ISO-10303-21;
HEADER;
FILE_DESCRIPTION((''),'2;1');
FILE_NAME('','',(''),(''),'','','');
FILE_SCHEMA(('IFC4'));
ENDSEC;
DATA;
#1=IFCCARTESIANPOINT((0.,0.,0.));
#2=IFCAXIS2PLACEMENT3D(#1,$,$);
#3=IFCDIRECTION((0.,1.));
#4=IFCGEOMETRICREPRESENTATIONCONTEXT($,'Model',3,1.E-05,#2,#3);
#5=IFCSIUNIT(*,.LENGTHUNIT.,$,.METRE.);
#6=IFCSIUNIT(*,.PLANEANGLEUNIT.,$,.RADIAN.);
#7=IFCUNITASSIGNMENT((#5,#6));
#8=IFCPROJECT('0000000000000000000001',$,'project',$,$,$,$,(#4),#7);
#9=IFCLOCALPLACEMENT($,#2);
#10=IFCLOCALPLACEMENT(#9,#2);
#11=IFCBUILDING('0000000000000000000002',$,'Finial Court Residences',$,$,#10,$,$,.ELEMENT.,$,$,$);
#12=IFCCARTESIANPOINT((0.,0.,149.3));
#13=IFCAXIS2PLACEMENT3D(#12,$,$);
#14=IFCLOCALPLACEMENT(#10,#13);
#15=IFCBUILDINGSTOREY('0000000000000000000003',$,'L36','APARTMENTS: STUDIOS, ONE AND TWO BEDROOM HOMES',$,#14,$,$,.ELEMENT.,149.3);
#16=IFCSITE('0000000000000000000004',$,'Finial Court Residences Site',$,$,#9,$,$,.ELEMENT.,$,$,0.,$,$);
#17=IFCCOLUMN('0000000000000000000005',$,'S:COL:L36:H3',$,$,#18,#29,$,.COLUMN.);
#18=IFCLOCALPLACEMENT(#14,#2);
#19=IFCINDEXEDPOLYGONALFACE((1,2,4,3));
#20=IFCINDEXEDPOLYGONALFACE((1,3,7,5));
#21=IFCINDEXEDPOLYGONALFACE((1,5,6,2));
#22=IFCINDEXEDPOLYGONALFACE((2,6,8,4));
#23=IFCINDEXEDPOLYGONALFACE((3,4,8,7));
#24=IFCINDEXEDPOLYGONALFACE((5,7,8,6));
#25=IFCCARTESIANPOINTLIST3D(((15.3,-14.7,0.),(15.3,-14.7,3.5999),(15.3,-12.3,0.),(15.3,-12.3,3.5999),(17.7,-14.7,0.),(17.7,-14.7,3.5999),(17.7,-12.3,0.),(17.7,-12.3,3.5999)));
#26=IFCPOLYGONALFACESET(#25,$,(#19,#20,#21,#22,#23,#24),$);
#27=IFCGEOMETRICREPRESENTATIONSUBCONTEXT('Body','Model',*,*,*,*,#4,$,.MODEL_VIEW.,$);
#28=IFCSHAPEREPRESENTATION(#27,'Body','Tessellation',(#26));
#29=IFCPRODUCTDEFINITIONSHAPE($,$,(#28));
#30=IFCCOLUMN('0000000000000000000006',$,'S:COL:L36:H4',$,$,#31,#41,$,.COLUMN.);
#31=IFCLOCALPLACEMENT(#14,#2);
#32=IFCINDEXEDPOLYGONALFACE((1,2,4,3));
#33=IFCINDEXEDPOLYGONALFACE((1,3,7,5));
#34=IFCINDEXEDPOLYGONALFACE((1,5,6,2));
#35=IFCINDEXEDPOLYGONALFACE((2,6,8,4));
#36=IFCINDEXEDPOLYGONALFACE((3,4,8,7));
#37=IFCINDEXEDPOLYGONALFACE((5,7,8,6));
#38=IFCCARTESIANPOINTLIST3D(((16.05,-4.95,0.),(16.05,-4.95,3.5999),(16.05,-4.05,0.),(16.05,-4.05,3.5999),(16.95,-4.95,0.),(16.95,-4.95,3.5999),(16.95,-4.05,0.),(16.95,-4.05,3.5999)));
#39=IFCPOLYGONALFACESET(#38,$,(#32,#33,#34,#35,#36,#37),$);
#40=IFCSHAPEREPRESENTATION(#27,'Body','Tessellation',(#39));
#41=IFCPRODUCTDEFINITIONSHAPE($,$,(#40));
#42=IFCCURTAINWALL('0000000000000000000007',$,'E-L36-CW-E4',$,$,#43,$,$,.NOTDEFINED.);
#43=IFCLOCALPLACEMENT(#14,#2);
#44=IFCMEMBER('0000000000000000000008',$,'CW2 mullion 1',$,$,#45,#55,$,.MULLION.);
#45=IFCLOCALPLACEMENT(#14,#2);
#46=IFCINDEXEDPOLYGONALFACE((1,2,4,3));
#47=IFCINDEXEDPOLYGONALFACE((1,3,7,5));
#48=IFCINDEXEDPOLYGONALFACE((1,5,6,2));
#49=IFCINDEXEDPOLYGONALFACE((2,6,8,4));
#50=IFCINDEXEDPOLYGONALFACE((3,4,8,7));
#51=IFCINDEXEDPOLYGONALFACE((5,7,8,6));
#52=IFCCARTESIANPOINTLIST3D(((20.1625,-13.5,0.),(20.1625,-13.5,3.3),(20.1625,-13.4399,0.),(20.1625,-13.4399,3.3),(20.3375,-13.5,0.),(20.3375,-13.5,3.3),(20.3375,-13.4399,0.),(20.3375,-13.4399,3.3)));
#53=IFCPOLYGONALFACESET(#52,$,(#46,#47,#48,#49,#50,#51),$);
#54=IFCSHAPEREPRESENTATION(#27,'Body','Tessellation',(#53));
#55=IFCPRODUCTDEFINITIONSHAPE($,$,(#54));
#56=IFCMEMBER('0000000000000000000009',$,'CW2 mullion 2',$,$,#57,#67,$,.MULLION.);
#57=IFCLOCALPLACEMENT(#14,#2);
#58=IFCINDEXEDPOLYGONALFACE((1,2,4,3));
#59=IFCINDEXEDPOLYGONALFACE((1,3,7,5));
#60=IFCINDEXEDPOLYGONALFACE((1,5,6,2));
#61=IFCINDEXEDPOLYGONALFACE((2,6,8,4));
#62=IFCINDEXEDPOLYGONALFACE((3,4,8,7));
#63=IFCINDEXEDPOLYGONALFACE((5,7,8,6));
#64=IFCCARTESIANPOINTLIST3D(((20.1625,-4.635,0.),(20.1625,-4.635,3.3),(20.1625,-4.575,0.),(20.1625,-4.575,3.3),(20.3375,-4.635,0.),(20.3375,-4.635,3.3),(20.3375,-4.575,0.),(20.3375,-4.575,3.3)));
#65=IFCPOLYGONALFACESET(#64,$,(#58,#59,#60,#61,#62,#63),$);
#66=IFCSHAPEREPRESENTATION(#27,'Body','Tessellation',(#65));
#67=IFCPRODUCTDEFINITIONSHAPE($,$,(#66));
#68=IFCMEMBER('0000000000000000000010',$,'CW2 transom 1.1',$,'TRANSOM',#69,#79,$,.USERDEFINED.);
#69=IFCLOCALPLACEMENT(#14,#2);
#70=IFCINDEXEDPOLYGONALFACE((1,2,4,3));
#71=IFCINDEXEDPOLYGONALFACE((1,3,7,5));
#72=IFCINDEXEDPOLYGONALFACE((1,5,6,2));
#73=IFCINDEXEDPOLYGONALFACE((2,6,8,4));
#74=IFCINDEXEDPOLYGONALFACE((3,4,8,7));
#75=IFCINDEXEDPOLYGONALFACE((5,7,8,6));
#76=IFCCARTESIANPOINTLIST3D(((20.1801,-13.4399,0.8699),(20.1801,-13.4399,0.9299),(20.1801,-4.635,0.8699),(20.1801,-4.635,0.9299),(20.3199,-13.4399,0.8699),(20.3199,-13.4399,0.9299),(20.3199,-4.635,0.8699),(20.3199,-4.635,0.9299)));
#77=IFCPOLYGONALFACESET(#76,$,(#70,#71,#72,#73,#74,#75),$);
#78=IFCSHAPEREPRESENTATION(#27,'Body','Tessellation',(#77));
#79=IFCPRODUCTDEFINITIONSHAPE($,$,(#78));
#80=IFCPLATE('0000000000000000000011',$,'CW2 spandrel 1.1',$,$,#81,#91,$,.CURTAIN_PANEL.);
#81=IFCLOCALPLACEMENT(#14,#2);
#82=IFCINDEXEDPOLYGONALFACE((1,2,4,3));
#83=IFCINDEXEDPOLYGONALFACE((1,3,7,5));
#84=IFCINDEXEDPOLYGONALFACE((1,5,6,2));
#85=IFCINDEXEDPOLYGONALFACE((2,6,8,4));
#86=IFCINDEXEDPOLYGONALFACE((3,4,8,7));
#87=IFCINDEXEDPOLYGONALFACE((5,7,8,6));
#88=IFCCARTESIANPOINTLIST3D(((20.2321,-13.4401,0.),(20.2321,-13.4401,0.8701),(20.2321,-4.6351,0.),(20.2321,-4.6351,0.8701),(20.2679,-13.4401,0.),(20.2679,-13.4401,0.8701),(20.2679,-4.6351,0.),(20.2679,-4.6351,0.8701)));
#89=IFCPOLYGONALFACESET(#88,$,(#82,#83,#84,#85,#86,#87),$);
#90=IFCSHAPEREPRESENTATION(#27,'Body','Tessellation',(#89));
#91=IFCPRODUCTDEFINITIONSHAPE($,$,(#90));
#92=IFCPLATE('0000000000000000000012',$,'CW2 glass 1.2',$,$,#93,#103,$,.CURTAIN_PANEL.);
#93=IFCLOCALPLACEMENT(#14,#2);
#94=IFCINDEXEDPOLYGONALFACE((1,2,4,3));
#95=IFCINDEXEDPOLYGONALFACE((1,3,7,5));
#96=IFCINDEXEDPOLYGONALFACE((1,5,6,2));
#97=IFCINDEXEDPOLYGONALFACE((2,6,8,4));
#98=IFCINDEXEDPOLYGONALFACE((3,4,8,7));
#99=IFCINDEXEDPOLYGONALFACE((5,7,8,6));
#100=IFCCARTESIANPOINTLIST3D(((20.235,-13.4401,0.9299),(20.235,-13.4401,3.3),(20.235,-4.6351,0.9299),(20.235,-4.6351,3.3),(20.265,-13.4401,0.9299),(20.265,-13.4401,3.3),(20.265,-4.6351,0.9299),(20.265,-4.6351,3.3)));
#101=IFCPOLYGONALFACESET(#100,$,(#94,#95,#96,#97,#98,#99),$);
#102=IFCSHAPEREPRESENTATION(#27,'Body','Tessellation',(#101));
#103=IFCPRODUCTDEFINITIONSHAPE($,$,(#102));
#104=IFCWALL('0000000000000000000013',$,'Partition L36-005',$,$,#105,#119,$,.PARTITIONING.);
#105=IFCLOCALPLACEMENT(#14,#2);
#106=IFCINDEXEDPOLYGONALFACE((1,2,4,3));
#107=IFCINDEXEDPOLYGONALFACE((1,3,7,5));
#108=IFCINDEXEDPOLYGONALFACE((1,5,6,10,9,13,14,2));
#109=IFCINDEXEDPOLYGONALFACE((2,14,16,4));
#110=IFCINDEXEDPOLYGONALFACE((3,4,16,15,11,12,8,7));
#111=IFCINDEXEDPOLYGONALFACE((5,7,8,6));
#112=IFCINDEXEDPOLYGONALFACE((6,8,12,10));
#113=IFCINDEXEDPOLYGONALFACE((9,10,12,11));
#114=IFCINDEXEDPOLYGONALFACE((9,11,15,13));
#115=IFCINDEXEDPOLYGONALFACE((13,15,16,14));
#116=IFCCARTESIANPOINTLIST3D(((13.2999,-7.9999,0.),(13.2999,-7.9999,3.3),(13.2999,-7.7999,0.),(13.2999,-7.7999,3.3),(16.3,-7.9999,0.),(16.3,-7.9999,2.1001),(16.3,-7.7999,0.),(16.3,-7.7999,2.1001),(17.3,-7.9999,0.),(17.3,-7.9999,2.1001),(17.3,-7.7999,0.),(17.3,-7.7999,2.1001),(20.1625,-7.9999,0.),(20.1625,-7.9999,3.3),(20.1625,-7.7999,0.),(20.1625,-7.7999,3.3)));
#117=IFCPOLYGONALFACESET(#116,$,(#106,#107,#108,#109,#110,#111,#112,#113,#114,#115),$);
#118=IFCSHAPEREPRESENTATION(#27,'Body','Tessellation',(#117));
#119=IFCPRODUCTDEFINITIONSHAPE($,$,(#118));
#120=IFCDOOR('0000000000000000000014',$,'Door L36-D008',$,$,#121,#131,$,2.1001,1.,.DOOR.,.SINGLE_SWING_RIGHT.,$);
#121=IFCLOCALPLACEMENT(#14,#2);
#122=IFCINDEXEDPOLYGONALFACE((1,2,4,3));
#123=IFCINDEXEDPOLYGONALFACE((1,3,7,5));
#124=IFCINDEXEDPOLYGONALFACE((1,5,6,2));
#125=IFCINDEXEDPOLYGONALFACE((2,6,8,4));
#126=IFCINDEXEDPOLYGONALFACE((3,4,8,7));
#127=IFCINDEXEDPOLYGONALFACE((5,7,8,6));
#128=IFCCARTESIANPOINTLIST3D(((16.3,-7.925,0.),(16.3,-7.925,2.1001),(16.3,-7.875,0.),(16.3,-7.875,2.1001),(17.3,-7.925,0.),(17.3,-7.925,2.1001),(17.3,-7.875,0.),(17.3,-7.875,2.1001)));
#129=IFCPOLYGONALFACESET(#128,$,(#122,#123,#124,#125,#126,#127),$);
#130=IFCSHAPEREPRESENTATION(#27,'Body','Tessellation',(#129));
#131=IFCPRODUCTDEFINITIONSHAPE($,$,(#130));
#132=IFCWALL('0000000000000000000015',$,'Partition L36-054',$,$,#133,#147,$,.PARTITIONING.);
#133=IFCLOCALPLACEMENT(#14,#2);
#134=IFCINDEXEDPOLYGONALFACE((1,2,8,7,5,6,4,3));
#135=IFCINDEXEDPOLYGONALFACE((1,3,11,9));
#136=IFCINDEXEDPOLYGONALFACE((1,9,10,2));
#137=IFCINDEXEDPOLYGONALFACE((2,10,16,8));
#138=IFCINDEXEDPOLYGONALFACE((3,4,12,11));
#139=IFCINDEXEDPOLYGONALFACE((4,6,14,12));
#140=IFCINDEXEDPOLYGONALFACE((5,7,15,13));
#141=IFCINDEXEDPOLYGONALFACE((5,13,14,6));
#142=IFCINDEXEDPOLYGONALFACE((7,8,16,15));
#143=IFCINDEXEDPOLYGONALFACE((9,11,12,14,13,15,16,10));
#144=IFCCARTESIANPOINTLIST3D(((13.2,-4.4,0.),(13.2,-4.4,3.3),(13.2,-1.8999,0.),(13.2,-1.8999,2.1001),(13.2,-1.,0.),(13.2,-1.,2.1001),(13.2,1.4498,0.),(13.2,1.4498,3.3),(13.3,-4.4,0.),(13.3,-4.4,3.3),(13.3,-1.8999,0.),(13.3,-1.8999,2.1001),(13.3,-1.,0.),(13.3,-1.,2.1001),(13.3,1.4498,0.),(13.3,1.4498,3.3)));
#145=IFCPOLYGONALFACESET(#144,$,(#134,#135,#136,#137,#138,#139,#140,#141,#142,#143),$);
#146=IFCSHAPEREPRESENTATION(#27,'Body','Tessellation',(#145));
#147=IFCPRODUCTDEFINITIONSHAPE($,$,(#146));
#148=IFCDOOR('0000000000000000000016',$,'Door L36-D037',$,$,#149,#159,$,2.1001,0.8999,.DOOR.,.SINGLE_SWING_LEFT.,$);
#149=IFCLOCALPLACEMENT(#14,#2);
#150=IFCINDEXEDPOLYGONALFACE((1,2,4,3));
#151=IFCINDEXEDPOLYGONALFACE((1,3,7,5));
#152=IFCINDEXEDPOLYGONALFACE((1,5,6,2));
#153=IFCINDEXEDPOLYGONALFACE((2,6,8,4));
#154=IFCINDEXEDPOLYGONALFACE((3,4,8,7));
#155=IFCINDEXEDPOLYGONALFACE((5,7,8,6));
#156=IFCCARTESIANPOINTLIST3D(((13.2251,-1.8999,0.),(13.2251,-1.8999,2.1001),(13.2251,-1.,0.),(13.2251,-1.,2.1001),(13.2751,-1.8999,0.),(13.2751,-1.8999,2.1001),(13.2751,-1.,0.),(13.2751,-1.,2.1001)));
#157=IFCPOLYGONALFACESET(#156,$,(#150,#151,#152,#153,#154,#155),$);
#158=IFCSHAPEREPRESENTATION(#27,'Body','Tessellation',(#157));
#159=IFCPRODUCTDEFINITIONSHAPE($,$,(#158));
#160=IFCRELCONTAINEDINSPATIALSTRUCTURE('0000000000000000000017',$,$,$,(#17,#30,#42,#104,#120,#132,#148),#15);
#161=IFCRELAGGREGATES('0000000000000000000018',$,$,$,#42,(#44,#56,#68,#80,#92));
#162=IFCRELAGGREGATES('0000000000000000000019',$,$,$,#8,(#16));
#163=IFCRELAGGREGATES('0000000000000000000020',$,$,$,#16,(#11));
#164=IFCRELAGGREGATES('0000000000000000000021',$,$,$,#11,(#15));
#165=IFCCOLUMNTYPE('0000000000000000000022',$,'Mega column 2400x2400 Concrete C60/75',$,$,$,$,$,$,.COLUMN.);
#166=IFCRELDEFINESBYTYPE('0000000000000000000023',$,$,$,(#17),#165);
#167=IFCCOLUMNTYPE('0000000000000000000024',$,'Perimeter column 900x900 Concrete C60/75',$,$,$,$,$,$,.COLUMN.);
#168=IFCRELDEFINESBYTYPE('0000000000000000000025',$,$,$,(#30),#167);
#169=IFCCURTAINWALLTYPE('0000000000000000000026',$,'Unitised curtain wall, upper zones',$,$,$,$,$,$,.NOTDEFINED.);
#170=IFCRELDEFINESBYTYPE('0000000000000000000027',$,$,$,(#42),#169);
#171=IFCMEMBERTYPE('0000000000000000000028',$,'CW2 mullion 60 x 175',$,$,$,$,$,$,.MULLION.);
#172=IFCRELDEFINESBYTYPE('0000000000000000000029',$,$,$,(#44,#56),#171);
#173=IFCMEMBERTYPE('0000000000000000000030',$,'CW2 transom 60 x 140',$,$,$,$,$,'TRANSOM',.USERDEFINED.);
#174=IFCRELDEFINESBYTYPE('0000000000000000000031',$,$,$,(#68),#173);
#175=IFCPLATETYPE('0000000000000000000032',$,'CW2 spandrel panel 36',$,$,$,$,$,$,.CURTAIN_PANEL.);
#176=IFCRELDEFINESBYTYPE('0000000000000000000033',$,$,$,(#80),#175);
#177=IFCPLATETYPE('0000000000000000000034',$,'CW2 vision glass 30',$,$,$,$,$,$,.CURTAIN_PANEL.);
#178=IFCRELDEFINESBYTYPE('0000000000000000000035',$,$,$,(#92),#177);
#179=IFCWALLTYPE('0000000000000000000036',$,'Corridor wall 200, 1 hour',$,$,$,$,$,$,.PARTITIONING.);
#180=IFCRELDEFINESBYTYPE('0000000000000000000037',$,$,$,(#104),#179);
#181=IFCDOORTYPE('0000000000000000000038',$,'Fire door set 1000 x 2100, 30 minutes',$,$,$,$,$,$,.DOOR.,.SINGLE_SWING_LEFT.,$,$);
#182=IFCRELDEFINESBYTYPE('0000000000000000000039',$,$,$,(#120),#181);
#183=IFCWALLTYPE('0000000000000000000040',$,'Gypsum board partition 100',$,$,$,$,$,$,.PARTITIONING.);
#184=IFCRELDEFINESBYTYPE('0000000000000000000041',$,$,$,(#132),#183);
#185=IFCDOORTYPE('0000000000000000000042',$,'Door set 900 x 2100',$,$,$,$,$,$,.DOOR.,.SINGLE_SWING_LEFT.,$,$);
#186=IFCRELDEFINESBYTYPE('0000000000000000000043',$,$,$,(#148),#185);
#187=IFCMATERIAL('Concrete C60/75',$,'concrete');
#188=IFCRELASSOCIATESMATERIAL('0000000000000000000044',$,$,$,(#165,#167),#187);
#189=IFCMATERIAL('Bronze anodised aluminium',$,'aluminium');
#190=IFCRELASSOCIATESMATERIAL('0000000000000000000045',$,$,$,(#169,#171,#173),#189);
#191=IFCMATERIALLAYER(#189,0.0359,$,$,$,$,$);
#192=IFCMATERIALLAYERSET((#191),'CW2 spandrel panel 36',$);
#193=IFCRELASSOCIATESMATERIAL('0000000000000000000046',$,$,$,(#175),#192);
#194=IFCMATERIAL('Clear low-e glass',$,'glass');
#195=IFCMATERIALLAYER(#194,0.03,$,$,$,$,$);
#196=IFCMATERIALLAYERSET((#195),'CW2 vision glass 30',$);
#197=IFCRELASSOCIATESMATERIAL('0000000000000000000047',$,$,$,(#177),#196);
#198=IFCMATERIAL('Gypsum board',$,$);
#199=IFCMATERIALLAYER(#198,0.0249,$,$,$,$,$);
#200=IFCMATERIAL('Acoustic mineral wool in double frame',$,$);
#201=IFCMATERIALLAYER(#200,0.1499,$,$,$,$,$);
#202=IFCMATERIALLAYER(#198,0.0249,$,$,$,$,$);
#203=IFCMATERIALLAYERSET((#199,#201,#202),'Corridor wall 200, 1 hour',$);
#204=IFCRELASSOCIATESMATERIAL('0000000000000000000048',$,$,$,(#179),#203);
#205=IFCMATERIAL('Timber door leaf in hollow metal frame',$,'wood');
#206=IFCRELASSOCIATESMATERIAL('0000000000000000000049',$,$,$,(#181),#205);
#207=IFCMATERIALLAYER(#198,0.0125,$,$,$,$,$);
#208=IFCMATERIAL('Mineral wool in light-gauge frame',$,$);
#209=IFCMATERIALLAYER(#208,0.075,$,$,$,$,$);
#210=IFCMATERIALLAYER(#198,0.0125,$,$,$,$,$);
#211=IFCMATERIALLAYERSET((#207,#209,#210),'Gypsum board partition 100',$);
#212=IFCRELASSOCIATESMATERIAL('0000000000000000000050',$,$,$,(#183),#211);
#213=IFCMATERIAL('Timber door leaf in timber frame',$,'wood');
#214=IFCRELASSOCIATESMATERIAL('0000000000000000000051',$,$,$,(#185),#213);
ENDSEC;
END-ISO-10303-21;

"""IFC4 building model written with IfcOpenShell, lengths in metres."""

from ifc_helpers import new_model, si_unit, direction, frame, frame_2d, origin, origin_2d, place, context, subcontext, project, spatial, rectangle, extrude, material, layer, layer_set, material_profile, profile_set, type_object, element, fill, aggregate, save


model = new_model("IFC4")

# Units and contexts
model_context = context("Model", 3, precision=1e-05, world=origin(), true_north=direction((0.0, 1.0)))
body_context = subcontext(model_context, "Body", "Model", "MODEL_VIEW")
ifc_project = project(units=[si_unit("LENGTHUNIT", "METRE"), si_unit("PLANEANGLEUNIT", "RADIAN")], contexts=[model_context])

# Site, building, storey
site_placement = place(None, origin())
site = spatial("IfcSite", under=ifc_project, at=site_placement, Name="Finial Court Residences Site", CompositionType="ELEMENT", RefElevation=0.0)
building_placement = place(site_placement, origin())
building = spatial("IfcBuilding", under=site, at=building_placement, Name="Finial Court Residences", CompositionType="ELEMENT")
storey_placement = place(building_placement, frame((0.0, 0.0, 149.3)))
storey = spatial("IfcBuildingStorey", under=building, at=storey_placement, Name="L36", Description="APARTMENTS: STUDIOS, ONE AND TWO BEDROOM HOMES", CompositionType="ELEMENT", Elevation=149.3)

# Columns
ifc_material_1 = material(Name="Concrete C60/75", Category="concrete")
ifc_material_profile_1 = material_profile(ifc_material_1, rectangle(XDim=2.3999, YDim=2.3999, at=origin_2d()), Name="2400x2400")
ifc_profile_set_1 = profile_set([ifc_material_profile_1], Name="Concrete C60/75")
column_type_1 = type_object("IfcColumnType", Name="Mega column 2400x2400 Concrete C60/75", PredefinedType="COLUMN", material=ifc_profile_set_1)
column_1_placement = place(storey_placement, frame((16.5, -13.5, 0.0), z_axis=(0.0, 0.0, 1.0), x_axis=(1.0, 0.0, 0.0)))
element("IfcColumn", 1, at=column_1_placement, inside=storey, type_object=column_type_1, Name="S:COL:L36:H3", PredefinedType="COLUMN", context=body_context, shape_type="SweptSolid", body=[
    extrude(rectangle(XDim=2.3999, YDim=2.3999, at=origin_2d()), origin(), (0.0, 0.0, 1.0), 3.5999),
])
ifc_material_profile_2 = material_profile(ifc_material_1, rectangle(XDim=0.8999, YDim=0.8999, at=origin_2d()), Name="900x900")
ifc_profile_set_2 = profile_set([ifc_material_profile_2], Name="Concrete C60/75")
column_type_2 = type_object("IfcColumnType", Name="Perimeter column 900x900 Concrete C60/75", PredefinedType="COLUMN", material=ifc_profile_set_2)
column_2_placement = place(storey_placement, frame((16.5, -4.5, 0.0), z_axis=(0.0, 0.0, 1.0), x_axis=(1.0, 0.0, 0.0)))
element("IfcColumn", 2, at=column_2_placement, inside=storey, type_object=column_type_2, Name="S:COL:L36:H4", PredefinedType="COLUMN", context=body_context, shape_type="SweptSolid", body=[
    extrude(rectangle(XDim=0.8999, YDim=0.8999, at=origin_2d()), origin(), (0.0, 0.0, 1.0), 3.5999),
])

# Curtain wall, members, plates
ifc_material_2 = material(Name="Bronze anodised aluminium", Category="aluminium")
curtain_wall_type = type_object("IfcCurtainWallType", Name="Unitised curtain wall, upper zones", PredefinedType="NOTDEFINED", material=ifc_material_2)
curtain_wall_placement = place(storey_placement, origin())
curtain_wall = element("IfcCurtainWall", 3, at=curtain_wall_placement, inside=storey, type_object=curtain_wall_type, Name="E-L36-CW-E4", PredefinedType="NOTDEFINED")
ifc_material_profile_3 = material_profile(ifc_material_2, rectangle(XDim=0.175, YDim=0.0601, at=origin_2d()), Name="CW2 mullion 60 x 175")
ifc_profile_set_3 = profile_set([ifc_material_profile_3], Name="Bronze anodised aluminium")
member_type_1 = type_object("IfcMemberType", Name="CW2 mullion 60 x 175", PredefinedType="MULLION", material=ifc_profile_set_3)
member_1_placement = place(storey_placement, frame((20.25, -13.47, 0.0), z_axis=(0.0, 0.0, 1.0), x_axis=(-1.0, 0.0, 0.0)))
member_1 = element("IfcMember", 4, at=member_1_placement, type_object=member_type_1, Name="CW2 mullion 1", PredefinedType="MULLION", context=body_context, shape_type="SweptSolid", body=[
    extrude(rectangle(XDim=0.175, YDim=0.0601, at=origin_2d()), origin(), (0.0, 0.0, 1.0), 3.3),
])
member_2_placement = place(storey_placement, frame((20.25, -4.605, 0.0), z_axis=(0.0, 0.0, 1.0), x_axis=(-1.0, 0.0, 0.0)))
member_2 = element("IfcMember", 5, at=member_2_placement, type_object=member_type_1, Name="CW2 mullion 2", PredefinedType="MULLION", context=body_context, shape_type="SweptSolid", body=[
    extrude(rectangle(XDim=0.175, YDim=0.0601, at=origin_2d()), origin(), (0.0, 0.0, 1.0), 3.3),
])
ifc_material_profile_4 = material_profile(ifc_material_2, rectangle(XDim=0.1399, YDim=0.0601, at=origin_2d()), Name="CW2 transom 60 x 140")
ifc_profile_set_4 = profile_set([ifc_material_profile_4], Name="Bronze anodised aluminium")
member_type_2 = type_object("IfcMemberType", Name="CW2 transom 60 x 140", ElementType="TRANSOM", PredefinedType="USERDEFINED", material=ifc_profile_set_4)
member_3_placement = place(storey_placement, frame((20.25, -13.4399, 0.8999), z_axis=(0.0, 1.0, 0.0), x_axis=(-1.0, 0.0, 0.0)))
member_3 = element("IfcMember", 6, at=member_3_placement, type_object=member_type_2, Name="CW2 transom 1.1", ObjectType="TRANSOM", PredefinedType="USERDEFINED", context=body_context, shape_type="SweptSolid", body=[
    extrude(rectangle(XDim=0.1399, YDim=0.0601, at=origin_2d()), origin(), (0.0, 0.0, 1.0), 8.8049),
])
ifc_layer_1 = layer(ifc_material_2, 0.0359)
ifc_layer_set_1 = layer_set([ifc_layer_1], Name="CW2 spandrel panel 36")
plate_type_1 = type_object("IfcPlateType", Name="CW2 spandrel panel 36", PredefinedType="CURTAIN_PANEL", material=ifc_layer_set_1)
plate_1_placement = place(storey_placement, frame((20.25, -9.0376, 0.0), z_axis=(0.0, 0.0, 1.0), x_axis=(0.0, 1.0, 0.0)))
plate_1 = element("IfcPlate", 7, at=plate_1_placement, type_object=plate_type_1, Name="CW2 spandrel 1.1", PredefinedType="CURTAIN_PANEL", context=body_context, shape_type="SweptSolid", body=[
    extrude(rectangle(XDim=8.8049, YDim=0.0359, at=origin_2d()), origin(), (0.0, 0.0, 1.0), 0.8701),
])
ifc_material_3 = material(Name="Clear low-e glass", Category="glass")
ifc_layer_2 = layer(ifc_material_3, 0.03)
ifc_layer_set_2 = layer_set([ifc_layer_2], Name="CW2 vision glass 30")
plate_type_2 = type_object("IfcPlateType", Name="CW2 vision glass 30", PredefinedType="CURTAIN_PANEL", material=ifc_layer_set_2)
plate_2_placement = place(storey_placement, frame((20.25, -9.0376, 0.9299), z_axis=(0.0, 0.0, 1.0), x_axis=(0.0, 1.0, 0.0)))
plate_2 = element("IfcPlate", 8, at=plate_2_placement, type_object=plate_type_2, Name="CW2 glass 1.2", PredefinedType="CURTAIN_PANEL", context=body_context, shape_type="SweptSolid", body=[
    extrude(rectangle(XDim=8.8049, YDim=0.03, at=origin_2d()), origin(), (0.0, 0.0, 1.0), 2.3701),
])
aggregate(curtain_wall, [member_1, member_2, member_3, plate_1, plate_2])

# Walls, openings, doors
ifc_material_4 = material(Name="Gypsum board")
ifc_layer_3 = layer(ifc_material_4, 0.0249)
ifc_material_5 = material(Name="Acoustic mineral wool in double frame")
ifc_layer_4 = layer(ifc_material_5, 0.1499)
ifc_layer_5 = layer(ifc_material_4, 0.0249)
ifc_layer_set_3 = layer_set([ifc_layer_3, ifc_layer_4, ifc_layer_5], Name="Corridor wall 200, 1 hour")
wall_type_1 = type_object("IfcWallType", Name="Corridor wall 200, 1 hour", PredefinedType="PARTITIONING", material=ifc_layer_set_3)
wall_1_placement = place(storey_placement, frame((13.3, -7.8999, 0.0), z_axis=(0.0, 0.0, 1.0), x_axis=(1.0, 0.0, 0.0)))
wall_1 = element("IfcWall", 9, at=wall_1_placement, inside=storey, type_object=wall_type_1, Name="Partition L36-005", PredefinedType="PARTITIONING", context=body_context, shape_type="SweptSolid", body=[
    extrude(rectangle(XDim=6.8625, YDim=0.2, at=frame_2d((3.4312, 0.0))), origin(), (0.0, 0.0, 1.0), 3.3),
])
opening_1_placement = place(wall_1_placement, frame((3.0, 0.0, 0.0)))
opening_1 = element("IfcOpeningElement", 10, at=opening_1_placement, cuts=wall_1, PredefinedType="OPENING", context=body_context, shape_type="SweptSolid", body=[
    extrude(rectangle(XDim=1.0, YDim=2.1001, at=frame_2d((0.5, 1.05))), frame((0.0, 0.1099, 0.0), z_axis=(0.0, -1.0, 0.0), x_axis=(1.0, 0.0, 0.0)), (0.0, 0.0, 1.0), 0.22),
])
ifc_material_6 = material(Name="Timber door leaf in hollow metal frame", Category="wood")
door_type_1 = type_object("IfcDoorType", Name="Fire door set 1000 x 2100, 30 minutes", OperationType="SINGLE_SWING_LEFT", PredefinedType="DOOR", material=ifc_material_6)
door_1_placement = place(opening_1_placement, origin())
door_1 = element("IfcDoor", 11, at=door_1_placement, inside=storey, type_object=door_type_1, Name="Door L36-D008", OperationType="SINGLE_SWING_RIGHT", OverallHeight=2.1001, OverallWidth=1.0, PredefinedType="DOOR", context=body_context, shape_type="SweptSolid", body=[
    extrude(rectangle(XDim=1.0, YDim=2.1001, at=frame_2d((0.5, 1.05))), frame((0.0, 0.0249, 0.0), z_axis=(0.0, -1.0, 0.0), x_axis=(1.0, 0.0, 0.0)), (0.0, 0.0, 1.0), 0.05),
])
fill(opening_1, door_1)
ifc_layer_6 = layer(ifc_material_4, 0.0125)
ifc_material_7 = material(Name="Mineral wool in light-gauge frame")
ifc_layer_7 = layer(ifc_material_7, 0.075)
ifc_layer_8 = layer(ifc_material_4, 0.0125)
ifc_layer_set_4 = layer_set([ifc_layer_6, ifc_layer_7, ifc_layer_8], Name="Gypsum board partition 100")
wall_type_2 = type_object("IfcWallType", Name="Gypsum board partition 100", PredefinedType="PARTITIONING", material=ifc_layer_set_4)
wall_2_placement = place(storey_placement, frame((13.25, -4.3999, 0.0), z_axis=(0.0, 0.0, 1.0), x_axis=(0.0, 1.0, 0.0)))
wall_2 = element("IfcWall", 12, at=wall_2_placement, inside=storey, type_object=wall_type_2, Name="Partition L36-054", PredefinedType="PARTITIONING", context=body_context, shape_type="SweptSolid", body=[
    extrude(rectangle(XDim=5.8499, YDim=0.1001, at=frame_2d((2.9248, 0.0))), origin(), (0.0, 0.0, 1.0), 3.3),
])
opening_2_placement = place(wall_2_placement, frame((2.5, 0.0, 0.0)))
opening_2 = element("IfcOpeningElement", 13, at=opening_2_placement, cuts=wall_2, PredefinedType="OPENING", context=body_context, shape_type="SweptSolid", body=[
    extrude(rectangle(XDim=0.8999, YDim=2.1001, at=frame_2d((0.45, 1.05))), frame((0.0, 0.0601, 0.0), z_axis=(0.0, -1.0, 0.0), x_axis=(1.0, 0.0, 0.0)), (0.0, 0.0, 1.0), 0.1201),
])
ifc_material_8 = material(Name="Timber door leaf in timber frame", Category="wood")
door_type_2 = type_object("IfcDoorType", Name="Door set 900 x 2100", OperationType="SINGLE_SWING_LEFT", PredefinedType="DOOR", material=ifc_material_8)
door_2_placement = place(opening_2_placement, origin())
door_2 = element("IfcDoor", 14, at=door_2_placement, inside=storey, type_object=door_type_2, Name="Door L36-D037", OperationType="SINGLE_SWING_LEFT", OverallHeight=2.1001, OverallWidth=0.8999, PredefinedType="DOOR", context=body_context, shape_type="SweptSolid", body=[
    extrude(rectangle(XDim=0.8999, YDim=2.1001, at=frame_2d((0.45, 1.05))), frame((0.0, 0.0249, 0.0), z_axis=(0.0, -1.0, 0.0), x_axis=(1.0, 0.0, 0.0)), (0.0, 0.0, 1.0), 0.05),
])
fill(opening_2, door_2)

save(model, "model.ifc")
